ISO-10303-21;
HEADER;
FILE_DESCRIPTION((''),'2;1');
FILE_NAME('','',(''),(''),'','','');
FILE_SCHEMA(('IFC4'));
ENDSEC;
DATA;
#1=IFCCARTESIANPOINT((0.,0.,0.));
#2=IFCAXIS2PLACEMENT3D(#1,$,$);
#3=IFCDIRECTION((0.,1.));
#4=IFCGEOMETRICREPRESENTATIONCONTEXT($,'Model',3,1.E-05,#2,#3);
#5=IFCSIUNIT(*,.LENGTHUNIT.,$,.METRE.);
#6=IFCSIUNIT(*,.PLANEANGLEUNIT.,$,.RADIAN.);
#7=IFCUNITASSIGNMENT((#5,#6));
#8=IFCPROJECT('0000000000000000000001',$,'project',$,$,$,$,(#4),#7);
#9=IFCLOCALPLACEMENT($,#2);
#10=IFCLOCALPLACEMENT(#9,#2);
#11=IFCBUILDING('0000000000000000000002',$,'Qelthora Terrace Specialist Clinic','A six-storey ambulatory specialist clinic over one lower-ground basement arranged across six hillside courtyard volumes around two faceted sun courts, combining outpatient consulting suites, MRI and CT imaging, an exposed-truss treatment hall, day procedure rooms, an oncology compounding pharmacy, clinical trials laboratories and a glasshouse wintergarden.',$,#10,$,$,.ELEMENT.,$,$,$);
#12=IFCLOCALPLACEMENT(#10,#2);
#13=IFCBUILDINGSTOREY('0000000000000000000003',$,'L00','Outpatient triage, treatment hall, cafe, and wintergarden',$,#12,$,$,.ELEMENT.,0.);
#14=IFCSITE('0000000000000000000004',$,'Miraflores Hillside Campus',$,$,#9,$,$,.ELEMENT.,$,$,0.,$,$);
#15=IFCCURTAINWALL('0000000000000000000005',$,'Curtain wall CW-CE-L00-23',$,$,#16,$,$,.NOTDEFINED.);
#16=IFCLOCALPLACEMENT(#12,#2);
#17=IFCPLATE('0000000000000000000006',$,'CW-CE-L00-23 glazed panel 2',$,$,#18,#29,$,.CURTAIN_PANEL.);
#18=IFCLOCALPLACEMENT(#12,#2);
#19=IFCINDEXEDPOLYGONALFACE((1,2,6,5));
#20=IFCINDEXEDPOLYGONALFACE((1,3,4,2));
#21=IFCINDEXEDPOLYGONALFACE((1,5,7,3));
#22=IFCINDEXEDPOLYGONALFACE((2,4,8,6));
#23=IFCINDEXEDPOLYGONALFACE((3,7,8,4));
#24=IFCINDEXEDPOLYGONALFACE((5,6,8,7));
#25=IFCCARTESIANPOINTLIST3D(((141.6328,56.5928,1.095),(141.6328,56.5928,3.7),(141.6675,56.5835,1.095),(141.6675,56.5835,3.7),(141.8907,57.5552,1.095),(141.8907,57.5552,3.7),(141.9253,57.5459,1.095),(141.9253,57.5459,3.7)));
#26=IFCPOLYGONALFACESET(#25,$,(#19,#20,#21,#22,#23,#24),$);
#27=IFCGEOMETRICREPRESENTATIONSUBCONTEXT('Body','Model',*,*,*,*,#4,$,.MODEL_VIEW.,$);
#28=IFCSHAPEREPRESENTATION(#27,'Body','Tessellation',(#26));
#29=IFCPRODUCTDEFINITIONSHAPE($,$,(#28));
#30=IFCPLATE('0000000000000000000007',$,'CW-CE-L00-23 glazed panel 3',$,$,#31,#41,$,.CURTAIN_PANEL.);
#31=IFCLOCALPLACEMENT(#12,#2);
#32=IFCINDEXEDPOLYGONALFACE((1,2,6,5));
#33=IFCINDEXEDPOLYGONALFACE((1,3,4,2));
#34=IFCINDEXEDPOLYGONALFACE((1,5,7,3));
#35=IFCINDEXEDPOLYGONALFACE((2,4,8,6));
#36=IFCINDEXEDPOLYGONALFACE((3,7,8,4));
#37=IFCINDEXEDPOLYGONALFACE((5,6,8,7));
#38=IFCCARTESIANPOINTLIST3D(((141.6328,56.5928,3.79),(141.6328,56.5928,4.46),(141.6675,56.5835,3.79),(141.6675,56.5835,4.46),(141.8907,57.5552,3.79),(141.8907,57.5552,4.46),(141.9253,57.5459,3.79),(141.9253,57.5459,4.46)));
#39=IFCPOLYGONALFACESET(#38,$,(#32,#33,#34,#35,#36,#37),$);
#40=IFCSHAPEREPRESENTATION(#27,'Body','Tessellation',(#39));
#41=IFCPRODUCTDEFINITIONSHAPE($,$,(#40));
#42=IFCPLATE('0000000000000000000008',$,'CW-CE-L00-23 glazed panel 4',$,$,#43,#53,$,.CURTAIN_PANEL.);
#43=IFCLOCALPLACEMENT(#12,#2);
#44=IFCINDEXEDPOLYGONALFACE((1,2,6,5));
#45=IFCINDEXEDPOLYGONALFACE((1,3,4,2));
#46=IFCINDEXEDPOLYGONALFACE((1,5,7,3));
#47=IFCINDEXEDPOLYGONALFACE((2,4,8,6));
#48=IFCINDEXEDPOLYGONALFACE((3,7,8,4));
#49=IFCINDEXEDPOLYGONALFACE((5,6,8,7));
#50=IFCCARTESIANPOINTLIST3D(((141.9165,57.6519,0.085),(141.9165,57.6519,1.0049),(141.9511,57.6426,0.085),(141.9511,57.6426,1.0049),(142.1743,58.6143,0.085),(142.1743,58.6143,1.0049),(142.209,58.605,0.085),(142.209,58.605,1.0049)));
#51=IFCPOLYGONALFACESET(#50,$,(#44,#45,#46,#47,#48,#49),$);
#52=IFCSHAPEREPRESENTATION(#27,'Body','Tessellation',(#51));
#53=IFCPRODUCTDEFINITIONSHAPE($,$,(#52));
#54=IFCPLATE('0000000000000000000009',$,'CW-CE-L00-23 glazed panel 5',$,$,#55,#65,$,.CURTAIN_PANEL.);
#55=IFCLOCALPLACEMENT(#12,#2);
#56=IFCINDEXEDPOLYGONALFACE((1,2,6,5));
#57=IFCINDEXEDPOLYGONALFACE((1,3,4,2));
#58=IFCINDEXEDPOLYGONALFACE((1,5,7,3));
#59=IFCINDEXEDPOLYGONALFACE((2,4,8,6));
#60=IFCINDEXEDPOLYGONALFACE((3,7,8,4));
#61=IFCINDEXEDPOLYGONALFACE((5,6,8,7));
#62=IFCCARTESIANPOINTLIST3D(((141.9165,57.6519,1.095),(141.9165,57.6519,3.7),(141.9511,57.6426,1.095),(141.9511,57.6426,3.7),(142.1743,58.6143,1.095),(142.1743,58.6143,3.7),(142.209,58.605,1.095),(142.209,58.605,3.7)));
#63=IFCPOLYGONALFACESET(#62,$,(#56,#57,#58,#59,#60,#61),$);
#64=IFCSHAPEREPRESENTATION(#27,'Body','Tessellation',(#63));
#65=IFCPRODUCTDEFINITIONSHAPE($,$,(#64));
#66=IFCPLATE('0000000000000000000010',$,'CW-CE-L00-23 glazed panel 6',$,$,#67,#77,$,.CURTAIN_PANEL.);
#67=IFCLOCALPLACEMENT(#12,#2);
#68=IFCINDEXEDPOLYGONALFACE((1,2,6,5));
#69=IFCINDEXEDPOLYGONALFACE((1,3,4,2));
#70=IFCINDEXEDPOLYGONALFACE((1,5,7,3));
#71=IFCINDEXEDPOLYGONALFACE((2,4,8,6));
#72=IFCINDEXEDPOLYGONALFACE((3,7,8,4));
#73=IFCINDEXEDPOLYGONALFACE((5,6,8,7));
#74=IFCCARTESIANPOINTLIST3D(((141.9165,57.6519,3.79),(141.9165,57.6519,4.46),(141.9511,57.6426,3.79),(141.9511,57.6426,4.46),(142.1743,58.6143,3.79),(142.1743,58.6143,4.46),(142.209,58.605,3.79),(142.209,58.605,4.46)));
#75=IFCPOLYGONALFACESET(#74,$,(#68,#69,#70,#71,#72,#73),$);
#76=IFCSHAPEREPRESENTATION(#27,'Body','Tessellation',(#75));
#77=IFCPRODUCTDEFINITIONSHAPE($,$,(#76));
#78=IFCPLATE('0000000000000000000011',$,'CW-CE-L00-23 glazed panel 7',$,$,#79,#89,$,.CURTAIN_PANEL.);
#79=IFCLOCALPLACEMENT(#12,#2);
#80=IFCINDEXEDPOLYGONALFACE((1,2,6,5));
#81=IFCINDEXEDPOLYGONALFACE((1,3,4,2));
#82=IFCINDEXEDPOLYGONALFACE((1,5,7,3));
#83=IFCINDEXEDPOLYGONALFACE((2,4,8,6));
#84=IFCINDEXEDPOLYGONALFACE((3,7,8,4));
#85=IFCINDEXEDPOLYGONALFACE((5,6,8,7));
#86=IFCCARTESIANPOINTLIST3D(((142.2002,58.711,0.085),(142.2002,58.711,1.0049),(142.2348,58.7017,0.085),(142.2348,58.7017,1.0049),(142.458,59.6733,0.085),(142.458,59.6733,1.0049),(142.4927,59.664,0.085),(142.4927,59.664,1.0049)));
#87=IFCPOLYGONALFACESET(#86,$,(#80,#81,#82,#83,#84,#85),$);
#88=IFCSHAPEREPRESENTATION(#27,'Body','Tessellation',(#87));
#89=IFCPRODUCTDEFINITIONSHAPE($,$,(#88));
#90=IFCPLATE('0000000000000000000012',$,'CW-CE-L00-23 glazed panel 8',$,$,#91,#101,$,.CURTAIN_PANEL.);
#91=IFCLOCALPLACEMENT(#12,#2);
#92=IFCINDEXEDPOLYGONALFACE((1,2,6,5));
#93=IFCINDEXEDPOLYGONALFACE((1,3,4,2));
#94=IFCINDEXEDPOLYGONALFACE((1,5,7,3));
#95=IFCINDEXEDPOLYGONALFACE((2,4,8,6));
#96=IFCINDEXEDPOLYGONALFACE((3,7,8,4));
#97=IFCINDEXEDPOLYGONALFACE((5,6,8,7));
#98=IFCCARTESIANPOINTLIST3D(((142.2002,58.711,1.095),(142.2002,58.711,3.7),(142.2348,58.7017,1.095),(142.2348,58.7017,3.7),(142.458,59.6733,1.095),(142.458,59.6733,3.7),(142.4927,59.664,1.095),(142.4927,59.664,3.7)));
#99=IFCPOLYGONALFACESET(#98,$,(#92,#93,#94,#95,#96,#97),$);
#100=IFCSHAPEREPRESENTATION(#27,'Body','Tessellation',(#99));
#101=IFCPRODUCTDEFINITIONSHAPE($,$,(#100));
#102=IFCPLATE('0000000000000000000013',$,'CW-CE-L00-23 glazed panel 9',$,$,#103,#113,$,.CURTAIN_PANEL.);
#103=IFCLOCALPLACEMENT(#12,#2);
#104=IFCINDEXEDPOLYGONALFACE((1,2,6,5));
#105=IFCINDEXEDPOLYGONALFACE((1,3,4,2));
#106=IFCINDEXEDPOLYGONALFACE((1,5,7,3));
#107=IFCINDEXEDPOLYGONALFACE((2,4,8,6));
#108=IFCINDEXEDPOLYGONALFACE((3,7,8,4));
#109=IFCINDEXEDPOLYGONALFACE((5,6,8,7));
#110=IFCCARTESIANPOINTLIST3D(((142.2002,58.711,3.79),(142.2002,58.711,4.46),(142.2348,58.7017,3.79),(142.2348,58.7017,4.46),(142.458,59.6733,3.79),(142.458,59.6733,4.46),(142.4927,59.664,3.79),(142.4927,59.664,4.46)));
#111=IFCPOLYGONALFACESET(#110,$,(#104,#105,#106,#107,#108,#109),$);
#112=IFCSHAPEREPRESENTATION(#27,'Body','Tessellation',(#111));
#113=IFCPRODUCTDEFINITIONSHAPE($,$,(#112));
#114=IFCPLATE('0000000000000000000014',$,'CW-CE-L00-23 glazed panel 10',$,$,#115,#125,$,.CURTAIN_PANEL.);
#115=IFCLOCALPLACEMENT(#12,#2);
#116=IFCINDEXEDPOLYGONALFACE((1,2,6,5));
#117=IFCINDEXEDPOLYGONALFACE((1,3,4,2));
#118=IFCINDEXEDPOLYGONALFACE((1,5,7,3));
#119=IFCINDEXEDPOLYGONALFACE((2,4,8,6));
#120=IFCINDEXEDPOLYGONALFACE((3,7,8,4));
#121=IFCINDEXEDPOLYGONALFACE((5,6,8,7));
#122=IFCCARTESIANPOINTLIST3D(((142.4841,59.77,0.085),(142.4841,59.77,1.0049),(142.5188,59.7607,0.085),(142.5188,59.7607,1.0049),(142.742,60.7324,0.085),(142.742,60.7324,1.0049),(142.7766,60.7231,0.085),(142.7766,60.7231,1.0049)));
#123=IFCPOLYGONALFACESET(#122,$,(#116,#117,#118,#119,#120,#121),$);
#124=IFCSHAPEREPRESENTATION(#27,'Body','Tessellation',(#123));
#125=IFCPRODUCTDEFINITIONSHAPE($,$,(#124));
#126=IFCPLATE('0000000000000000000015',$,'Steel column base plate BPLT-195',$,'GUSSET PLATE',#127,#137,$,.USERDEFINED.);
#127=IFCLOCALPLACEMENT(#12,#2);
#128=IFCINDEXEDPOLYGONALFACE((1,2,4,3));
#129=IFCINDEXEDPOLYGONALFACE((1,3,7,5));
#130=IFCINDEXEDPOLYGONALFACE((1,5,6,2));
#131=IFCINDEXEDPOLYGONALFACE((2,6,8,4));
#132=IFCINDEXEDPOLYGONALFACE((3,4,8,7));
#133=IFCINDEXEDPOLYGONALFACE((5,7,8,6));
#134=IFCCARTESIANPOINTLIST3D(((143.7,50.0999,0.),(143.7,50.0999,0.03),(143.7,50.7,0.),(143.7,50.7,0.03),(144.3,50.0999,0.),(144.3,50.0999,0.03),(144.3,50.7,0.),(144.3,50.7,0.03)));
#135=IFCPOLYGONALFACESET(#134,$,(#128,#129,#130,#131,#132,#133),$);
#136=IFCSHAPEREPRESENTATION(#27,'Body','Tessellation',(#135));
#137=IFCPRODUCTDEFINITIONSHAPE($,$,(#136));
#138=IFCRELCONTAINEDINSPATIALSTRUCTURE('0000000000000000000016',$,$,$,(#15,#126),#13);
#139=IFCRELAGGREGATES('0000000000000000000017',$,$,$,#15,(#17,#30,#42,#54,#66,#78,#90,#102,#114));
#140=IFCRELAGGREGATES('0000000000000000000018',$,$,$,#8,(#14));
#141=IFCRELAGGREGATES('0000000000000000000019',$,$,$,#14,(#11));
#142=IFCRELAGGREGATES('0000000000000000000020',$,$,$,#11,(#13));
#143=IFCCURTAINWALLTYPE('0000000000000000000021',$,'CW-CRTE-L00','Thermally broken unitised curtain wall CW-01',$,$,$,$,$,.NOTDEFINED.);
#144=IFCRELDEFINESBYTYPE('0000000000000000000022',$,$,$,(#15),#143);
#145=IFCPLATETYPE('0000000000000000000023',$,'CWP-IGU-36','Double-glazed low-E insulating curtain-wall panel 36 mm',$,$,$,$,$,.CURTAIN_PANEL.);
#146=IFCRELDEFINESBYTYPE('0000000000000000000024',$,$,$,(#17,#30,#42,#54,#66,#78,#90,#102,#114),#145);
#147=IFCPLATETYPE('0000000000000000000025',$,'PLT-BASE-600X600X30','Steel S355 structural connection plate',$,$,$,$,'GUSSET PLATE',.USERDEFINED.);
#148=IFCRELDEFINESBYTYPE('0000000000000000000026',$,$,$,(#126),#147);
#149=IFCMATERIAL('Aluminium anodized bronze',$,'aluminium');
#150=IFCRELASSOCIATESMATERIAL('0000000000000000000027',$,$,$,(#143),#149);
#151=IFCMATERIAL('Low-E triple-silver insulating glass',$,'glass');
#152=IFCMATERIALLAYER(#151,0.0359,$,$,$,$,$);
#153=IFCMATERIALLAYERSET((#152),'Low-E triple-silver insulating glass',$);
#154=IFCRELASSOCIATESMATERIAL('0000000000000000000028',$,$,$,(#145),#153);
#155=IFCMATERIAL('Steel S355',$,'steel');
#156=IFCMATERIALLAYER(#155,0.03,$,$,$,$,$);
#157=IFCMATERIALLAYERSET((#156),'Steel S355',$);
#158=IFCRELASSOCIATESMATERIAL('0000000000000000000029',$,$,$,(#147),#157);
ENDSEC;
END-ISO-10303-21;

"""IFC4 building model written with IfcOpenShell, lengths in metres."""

from ifc_helpers import new_model, si_unit, direction, frame, origin, origin_2d, place, context, subcontext, project, spatial, rectangle, extrude, material, layer, layer_set, type_object, element, aggregate, save


model = new_model("IFC4")

# Units and contexts
model_context = context("Model", 3, precision=1e-05, world=origin(), true_north=direction((0.0, 1.0)))
body_context = subcontext(model_context, "Body", "Model", "MODEL_VIEW")
ifc_project = project(units=[si_unit("LENGTHUNIT", "METRE"), si_unit("PLANEANGLEUNIT", "RADIAN")], contexts=[model_context])

# Site, building, storey
site_placement = place(None, origin())
site = spatial("IfcSite", under=ifc_project, at=site_placement, Name="Miraflores Hillside Campus", CompositionType="ELEMENT", RefElevation=0.0)
building_placement = place(site_placement, origin())
building = spatial("IfcBuilding", under=site, at=building_placement, Name="Qelthora Terrace Specialist Clinic", Description="A six-storey ambulatory specialist clinic over one lower-ground basement arranged across six hillside courtyard volumes around two faceted sun courts, combining outpatient consulting suites, MRI and CT imaging, an exposed-truss treatment hall, day procedure rooms, an oncology compounding pharmacy, clinical trials laboratories and a glasshouse wintergarden.", CompositionType="ELEMENT")
storey_placement = place(building_placement, origin())
storey = spatial("IfcBuildingStorey", under=building, at=storey_placement, Name="L00", Description="Outpatient triage, treatment hall, cafe, and wintergarden", CompositionType="ELEMENT", Elevation=0.0)

# Shared definitions
ifc_material_1 = material(Name="Steel S355", Category="steel")

# Shared definitions
ifc_material_2 = material(Name="Aluminium anodized bronze", Category="aluminium")
curtain_wall_type = type_object("IfcCurtainWallType", Name="CW-CRTE-L00", Description="Thermally broken unitised curtain wall CW-01", PredefinedType="NOTDEFINED", material=ifc_material_2)

# Curtain wall, plates
curtain_wall_1_placement = place(storey_placement, origin())
curtain_wall_1 = element("IfcCurtainWall", 1, at=curtain_wall_1_placement, inside=storey, type_object=curtain_wall_type, Name="Curtain wall CW-CE-L00-23", PredefinedType="NOTDEFINED")
ifc_material_3 = material(Name="Low-E triple-silver insulating glass", Category="glass")
ifc_layer_1 = layer(ifc_material_3, 0.0359)
ifc_layer_set_1 = layer_set([ifc_layer_1], Name="Low-E triple-silver insulating glass")
plate_type_1 = type_object("IfcPlateType", Name="CWP-IGU-36", Description="Double-glazed low-E insulating curtain-wall panel 36 mm", PredefinedType="CURTAIN_PANEL", material=ifc_layer_set_1)
plate_1_placement = place(storey_placement, frame((141.7791, 57.0693, 1.095), z_axis=(0.0, 0.0, 1.0), x_axis=(0.258819, 0.965926, 0.0)))
plate_1 = element("IfcPlate", 2, at=plate_1_placement, type_object=plate_type_1, Name="CW-CE-L00-23 glazed panel 2", PredefinedType="CURTAIN_PANEL", context=body_context, shape_type="SweptSolid", body=[
    extrude(rectangle(XDim=0.9963, YDim=0.0359, at=origin_2d()), origin(), (0.0, 0.0, 1.0), 2.605),
])
plate_2_placement = place(storey_placement, frame((141.7791, 57.0693, 3.79), z_axis=(0.0, 0.0, 1.0), x_axis=(0.258819, 0.965926, 0.0)))
plate_2 = element("IfcPlate", 3, at=plate_2_placement, type_object=plate_type_1, Name="CW-CE-L00-23 glazed panel 3", PredefinedType="CURTAIN_PANEL", context=body_context, shape_type="SweptSolid", body=[
    extrude(rectangle(XDim=0.9963, YDim=0.0359, at=origin_2d()), origin(), (0.0, 0.0, 1.0), 0.6699),
])
plate_3_placement = place(storey_placement, frame((142.0627, 58.1284, 0.085), z_axis=(0.0, 0.0, 1.0), x_axis=(0.258819, 0.965926, 0.0)))
plate_3 = element("IfcPlate", 4, at=plate_3_placement, type_object=plate_type_1, Name="CW-CE-L00-23 glazed panel 4", PredefinedType="CURTAIN_PANEL", context=body_context, shape_type="SweptSolid", body=[
    extrude(rectangle(XDim=0.9963, YDim=0.0359, at=origin_2d()), origin(), (0.0, 0.0, 1.0), 0.9199),
])
plate_4_placement = place(storey_placement, frame((142.0627, 58.1284, 1.095), z_axis=(0.0, 0.0, 1.0), x_axis=(0.258819, 0.965926, 0.0)))
plate_4 = element("IfcPlate", 5, at=plate_4_placement, type_object=plate_type_1, Name="CW-CE-L00-23 glazed panel 5", PredefinedType="CURTAIN_PANEL", context=body_context, shape_type="SweptSolid", body=[
    extrude(rectangle(XDim=0.9963, YDim=0.0359, at=origin_2d()), origin(), (0.0, 0.0, 1.0), 2.605),
])
plate_5_placement = place(storey_placement, frame((142.0627, 58.1284, 3.79), z_axis=(0.0, 0.0, 1.0), x_axis=(0.258819, 0.965926, 0.0)))
plate_5 = element("IfcPlate", 6, at=plate_5_placement, type_object=plate_type_1, Name="CW-CE-L00-23 glazed panel 6", PredefinedType="CURTAIN_PANEL", context=body_context, shape_type="SweptSolid", body=[
    extrude(rectangle(XDim=0.9963, YDim=0.0359, at=origin_2d()), origin(), (0.0, 0.0, 1.0), 0.6699),
])
plate_6_placement = place(storey_placement, frame((142.3464, 59.1875, 0.085), z_axis=(0.0, 0.0, 1.0), x_axis=(0.258819, 0.965926, 0.0)))
plate_6 = element("IfcPlate", 7, at=plate_6_placement, type_object=plate_type_1, Name="CW-CE-L00-23 glazed panel 7", PredefinedType="CURTAIN_PANEL", context=body_context, shape_type="SweptSolid", body=[
    extrude(rectangle(XDim=0.9963, YDim=0.0359, at=origin_2d()), origin(), (0.0, 0.0, 1.0), 0.9199),
])
plate_7_placement = place(storey_placement, frame((142.3464, 59.1875, 1.095), z_axis=(0.0, 0.0, 1.0), x_axis=(0.258819, 0.965926, 0.0)))
plate_7 = element("IfcPlate", 8, at=plate_7_placement, type_object=plate_type_1, Name="CW-CE-L00-23 glazed panel 8", PredefinedType="CURTAIN_PANEL", context=body_context, shape_type="SweptSolid", body=[
    extrude(rectangle(XDim=0.9963, YDim=0.0359, at=origin_2d()), origin(), (0.0, 0.0, 1.0), 2.605),
])
plate_8_placement = place(storey_placement, frame((142.3464, 59.1875, 3.79), z_axis=(0.0, 0.0, 1.0), x_axis=(0.258819, 0.965926, 0.0)))
plate_8 = element("IfcPlate", 9, at=plate_8_placement, type_object=plate_type_1, Name="CW-CE-L00-23 glazed panel 9", PredefinedType="CURTAIN_PANEL", context=body_context, shape_type="SweptSolid", body=[
    extrude(rectangle(XDim=0.9963, YDim=0.0359, at=origin_2d()), origin(), (0.0, 0.0, 1.0), 0.6699),
])
plate_9_placement = place(storey_placement, frame((142.6304, 60.2466, 0.085), z_axis=(0.0, 0.0, 1.0), x_axis=(0.258819, 0.965926, 0.0)))
plate_9 = element("IfcPlate", 10, at=plate_9_placement, type_object=plate_type_1, Name="CW-CE-L00-23 glazed panel 10", PredefinedType="CURTAIN_PANEL", context=body_context, shape_type="SweptSolid", body=[
    extrude(rectangle(XDim=0.9963, YDim=0.0359, at=origin_2d()), origin(), (0.0, 0.0, 1.0), 0.9199),
])
aggregate(curtain_wall_1, [plate_1, plate_2, plate_3, plate_4, plate_5, plate_6, plate_7, plate_8, plate_9])

# Plate
ifc_layer_2 = layer(ifc_material_1, 0.03)
ifc_layer_set_2 = layer_set([ifc_layer_2], Name="Steel S355")
plate_type_2 = type_object("IfcPlateType", Name="PLT-BASE-600X600X30", Description="Steel S355 structural connection plate", ElementType="GUSSET PLATE", PredefinedType="USERDEFINED", material=ifc_layer_set_2)
plate_10_placement = place(storey_placement, frame((144.0, 50.3999, 0.0), z_axis=(0.0, 0.0, 1.0), x_axis=(1.0, 0.0, 0.0)))
element("IfcPlate", 11, at=plate_10_placement, inside=storey, type_object=plate_type_2, Name="Steel column base plate BPLT-195", ObjectType="GUSSET PLATE", PredefinedType="USERDEFINED", context=body_context, shape_type="SweptSolid", body=[
    extrude(rectangle(XDim=0.6001, YDim=0.6001, at=origin_2d()), origin(), (0.0, 0.0, 1.0), 0.03),
])

save(model, "model.ifc")
